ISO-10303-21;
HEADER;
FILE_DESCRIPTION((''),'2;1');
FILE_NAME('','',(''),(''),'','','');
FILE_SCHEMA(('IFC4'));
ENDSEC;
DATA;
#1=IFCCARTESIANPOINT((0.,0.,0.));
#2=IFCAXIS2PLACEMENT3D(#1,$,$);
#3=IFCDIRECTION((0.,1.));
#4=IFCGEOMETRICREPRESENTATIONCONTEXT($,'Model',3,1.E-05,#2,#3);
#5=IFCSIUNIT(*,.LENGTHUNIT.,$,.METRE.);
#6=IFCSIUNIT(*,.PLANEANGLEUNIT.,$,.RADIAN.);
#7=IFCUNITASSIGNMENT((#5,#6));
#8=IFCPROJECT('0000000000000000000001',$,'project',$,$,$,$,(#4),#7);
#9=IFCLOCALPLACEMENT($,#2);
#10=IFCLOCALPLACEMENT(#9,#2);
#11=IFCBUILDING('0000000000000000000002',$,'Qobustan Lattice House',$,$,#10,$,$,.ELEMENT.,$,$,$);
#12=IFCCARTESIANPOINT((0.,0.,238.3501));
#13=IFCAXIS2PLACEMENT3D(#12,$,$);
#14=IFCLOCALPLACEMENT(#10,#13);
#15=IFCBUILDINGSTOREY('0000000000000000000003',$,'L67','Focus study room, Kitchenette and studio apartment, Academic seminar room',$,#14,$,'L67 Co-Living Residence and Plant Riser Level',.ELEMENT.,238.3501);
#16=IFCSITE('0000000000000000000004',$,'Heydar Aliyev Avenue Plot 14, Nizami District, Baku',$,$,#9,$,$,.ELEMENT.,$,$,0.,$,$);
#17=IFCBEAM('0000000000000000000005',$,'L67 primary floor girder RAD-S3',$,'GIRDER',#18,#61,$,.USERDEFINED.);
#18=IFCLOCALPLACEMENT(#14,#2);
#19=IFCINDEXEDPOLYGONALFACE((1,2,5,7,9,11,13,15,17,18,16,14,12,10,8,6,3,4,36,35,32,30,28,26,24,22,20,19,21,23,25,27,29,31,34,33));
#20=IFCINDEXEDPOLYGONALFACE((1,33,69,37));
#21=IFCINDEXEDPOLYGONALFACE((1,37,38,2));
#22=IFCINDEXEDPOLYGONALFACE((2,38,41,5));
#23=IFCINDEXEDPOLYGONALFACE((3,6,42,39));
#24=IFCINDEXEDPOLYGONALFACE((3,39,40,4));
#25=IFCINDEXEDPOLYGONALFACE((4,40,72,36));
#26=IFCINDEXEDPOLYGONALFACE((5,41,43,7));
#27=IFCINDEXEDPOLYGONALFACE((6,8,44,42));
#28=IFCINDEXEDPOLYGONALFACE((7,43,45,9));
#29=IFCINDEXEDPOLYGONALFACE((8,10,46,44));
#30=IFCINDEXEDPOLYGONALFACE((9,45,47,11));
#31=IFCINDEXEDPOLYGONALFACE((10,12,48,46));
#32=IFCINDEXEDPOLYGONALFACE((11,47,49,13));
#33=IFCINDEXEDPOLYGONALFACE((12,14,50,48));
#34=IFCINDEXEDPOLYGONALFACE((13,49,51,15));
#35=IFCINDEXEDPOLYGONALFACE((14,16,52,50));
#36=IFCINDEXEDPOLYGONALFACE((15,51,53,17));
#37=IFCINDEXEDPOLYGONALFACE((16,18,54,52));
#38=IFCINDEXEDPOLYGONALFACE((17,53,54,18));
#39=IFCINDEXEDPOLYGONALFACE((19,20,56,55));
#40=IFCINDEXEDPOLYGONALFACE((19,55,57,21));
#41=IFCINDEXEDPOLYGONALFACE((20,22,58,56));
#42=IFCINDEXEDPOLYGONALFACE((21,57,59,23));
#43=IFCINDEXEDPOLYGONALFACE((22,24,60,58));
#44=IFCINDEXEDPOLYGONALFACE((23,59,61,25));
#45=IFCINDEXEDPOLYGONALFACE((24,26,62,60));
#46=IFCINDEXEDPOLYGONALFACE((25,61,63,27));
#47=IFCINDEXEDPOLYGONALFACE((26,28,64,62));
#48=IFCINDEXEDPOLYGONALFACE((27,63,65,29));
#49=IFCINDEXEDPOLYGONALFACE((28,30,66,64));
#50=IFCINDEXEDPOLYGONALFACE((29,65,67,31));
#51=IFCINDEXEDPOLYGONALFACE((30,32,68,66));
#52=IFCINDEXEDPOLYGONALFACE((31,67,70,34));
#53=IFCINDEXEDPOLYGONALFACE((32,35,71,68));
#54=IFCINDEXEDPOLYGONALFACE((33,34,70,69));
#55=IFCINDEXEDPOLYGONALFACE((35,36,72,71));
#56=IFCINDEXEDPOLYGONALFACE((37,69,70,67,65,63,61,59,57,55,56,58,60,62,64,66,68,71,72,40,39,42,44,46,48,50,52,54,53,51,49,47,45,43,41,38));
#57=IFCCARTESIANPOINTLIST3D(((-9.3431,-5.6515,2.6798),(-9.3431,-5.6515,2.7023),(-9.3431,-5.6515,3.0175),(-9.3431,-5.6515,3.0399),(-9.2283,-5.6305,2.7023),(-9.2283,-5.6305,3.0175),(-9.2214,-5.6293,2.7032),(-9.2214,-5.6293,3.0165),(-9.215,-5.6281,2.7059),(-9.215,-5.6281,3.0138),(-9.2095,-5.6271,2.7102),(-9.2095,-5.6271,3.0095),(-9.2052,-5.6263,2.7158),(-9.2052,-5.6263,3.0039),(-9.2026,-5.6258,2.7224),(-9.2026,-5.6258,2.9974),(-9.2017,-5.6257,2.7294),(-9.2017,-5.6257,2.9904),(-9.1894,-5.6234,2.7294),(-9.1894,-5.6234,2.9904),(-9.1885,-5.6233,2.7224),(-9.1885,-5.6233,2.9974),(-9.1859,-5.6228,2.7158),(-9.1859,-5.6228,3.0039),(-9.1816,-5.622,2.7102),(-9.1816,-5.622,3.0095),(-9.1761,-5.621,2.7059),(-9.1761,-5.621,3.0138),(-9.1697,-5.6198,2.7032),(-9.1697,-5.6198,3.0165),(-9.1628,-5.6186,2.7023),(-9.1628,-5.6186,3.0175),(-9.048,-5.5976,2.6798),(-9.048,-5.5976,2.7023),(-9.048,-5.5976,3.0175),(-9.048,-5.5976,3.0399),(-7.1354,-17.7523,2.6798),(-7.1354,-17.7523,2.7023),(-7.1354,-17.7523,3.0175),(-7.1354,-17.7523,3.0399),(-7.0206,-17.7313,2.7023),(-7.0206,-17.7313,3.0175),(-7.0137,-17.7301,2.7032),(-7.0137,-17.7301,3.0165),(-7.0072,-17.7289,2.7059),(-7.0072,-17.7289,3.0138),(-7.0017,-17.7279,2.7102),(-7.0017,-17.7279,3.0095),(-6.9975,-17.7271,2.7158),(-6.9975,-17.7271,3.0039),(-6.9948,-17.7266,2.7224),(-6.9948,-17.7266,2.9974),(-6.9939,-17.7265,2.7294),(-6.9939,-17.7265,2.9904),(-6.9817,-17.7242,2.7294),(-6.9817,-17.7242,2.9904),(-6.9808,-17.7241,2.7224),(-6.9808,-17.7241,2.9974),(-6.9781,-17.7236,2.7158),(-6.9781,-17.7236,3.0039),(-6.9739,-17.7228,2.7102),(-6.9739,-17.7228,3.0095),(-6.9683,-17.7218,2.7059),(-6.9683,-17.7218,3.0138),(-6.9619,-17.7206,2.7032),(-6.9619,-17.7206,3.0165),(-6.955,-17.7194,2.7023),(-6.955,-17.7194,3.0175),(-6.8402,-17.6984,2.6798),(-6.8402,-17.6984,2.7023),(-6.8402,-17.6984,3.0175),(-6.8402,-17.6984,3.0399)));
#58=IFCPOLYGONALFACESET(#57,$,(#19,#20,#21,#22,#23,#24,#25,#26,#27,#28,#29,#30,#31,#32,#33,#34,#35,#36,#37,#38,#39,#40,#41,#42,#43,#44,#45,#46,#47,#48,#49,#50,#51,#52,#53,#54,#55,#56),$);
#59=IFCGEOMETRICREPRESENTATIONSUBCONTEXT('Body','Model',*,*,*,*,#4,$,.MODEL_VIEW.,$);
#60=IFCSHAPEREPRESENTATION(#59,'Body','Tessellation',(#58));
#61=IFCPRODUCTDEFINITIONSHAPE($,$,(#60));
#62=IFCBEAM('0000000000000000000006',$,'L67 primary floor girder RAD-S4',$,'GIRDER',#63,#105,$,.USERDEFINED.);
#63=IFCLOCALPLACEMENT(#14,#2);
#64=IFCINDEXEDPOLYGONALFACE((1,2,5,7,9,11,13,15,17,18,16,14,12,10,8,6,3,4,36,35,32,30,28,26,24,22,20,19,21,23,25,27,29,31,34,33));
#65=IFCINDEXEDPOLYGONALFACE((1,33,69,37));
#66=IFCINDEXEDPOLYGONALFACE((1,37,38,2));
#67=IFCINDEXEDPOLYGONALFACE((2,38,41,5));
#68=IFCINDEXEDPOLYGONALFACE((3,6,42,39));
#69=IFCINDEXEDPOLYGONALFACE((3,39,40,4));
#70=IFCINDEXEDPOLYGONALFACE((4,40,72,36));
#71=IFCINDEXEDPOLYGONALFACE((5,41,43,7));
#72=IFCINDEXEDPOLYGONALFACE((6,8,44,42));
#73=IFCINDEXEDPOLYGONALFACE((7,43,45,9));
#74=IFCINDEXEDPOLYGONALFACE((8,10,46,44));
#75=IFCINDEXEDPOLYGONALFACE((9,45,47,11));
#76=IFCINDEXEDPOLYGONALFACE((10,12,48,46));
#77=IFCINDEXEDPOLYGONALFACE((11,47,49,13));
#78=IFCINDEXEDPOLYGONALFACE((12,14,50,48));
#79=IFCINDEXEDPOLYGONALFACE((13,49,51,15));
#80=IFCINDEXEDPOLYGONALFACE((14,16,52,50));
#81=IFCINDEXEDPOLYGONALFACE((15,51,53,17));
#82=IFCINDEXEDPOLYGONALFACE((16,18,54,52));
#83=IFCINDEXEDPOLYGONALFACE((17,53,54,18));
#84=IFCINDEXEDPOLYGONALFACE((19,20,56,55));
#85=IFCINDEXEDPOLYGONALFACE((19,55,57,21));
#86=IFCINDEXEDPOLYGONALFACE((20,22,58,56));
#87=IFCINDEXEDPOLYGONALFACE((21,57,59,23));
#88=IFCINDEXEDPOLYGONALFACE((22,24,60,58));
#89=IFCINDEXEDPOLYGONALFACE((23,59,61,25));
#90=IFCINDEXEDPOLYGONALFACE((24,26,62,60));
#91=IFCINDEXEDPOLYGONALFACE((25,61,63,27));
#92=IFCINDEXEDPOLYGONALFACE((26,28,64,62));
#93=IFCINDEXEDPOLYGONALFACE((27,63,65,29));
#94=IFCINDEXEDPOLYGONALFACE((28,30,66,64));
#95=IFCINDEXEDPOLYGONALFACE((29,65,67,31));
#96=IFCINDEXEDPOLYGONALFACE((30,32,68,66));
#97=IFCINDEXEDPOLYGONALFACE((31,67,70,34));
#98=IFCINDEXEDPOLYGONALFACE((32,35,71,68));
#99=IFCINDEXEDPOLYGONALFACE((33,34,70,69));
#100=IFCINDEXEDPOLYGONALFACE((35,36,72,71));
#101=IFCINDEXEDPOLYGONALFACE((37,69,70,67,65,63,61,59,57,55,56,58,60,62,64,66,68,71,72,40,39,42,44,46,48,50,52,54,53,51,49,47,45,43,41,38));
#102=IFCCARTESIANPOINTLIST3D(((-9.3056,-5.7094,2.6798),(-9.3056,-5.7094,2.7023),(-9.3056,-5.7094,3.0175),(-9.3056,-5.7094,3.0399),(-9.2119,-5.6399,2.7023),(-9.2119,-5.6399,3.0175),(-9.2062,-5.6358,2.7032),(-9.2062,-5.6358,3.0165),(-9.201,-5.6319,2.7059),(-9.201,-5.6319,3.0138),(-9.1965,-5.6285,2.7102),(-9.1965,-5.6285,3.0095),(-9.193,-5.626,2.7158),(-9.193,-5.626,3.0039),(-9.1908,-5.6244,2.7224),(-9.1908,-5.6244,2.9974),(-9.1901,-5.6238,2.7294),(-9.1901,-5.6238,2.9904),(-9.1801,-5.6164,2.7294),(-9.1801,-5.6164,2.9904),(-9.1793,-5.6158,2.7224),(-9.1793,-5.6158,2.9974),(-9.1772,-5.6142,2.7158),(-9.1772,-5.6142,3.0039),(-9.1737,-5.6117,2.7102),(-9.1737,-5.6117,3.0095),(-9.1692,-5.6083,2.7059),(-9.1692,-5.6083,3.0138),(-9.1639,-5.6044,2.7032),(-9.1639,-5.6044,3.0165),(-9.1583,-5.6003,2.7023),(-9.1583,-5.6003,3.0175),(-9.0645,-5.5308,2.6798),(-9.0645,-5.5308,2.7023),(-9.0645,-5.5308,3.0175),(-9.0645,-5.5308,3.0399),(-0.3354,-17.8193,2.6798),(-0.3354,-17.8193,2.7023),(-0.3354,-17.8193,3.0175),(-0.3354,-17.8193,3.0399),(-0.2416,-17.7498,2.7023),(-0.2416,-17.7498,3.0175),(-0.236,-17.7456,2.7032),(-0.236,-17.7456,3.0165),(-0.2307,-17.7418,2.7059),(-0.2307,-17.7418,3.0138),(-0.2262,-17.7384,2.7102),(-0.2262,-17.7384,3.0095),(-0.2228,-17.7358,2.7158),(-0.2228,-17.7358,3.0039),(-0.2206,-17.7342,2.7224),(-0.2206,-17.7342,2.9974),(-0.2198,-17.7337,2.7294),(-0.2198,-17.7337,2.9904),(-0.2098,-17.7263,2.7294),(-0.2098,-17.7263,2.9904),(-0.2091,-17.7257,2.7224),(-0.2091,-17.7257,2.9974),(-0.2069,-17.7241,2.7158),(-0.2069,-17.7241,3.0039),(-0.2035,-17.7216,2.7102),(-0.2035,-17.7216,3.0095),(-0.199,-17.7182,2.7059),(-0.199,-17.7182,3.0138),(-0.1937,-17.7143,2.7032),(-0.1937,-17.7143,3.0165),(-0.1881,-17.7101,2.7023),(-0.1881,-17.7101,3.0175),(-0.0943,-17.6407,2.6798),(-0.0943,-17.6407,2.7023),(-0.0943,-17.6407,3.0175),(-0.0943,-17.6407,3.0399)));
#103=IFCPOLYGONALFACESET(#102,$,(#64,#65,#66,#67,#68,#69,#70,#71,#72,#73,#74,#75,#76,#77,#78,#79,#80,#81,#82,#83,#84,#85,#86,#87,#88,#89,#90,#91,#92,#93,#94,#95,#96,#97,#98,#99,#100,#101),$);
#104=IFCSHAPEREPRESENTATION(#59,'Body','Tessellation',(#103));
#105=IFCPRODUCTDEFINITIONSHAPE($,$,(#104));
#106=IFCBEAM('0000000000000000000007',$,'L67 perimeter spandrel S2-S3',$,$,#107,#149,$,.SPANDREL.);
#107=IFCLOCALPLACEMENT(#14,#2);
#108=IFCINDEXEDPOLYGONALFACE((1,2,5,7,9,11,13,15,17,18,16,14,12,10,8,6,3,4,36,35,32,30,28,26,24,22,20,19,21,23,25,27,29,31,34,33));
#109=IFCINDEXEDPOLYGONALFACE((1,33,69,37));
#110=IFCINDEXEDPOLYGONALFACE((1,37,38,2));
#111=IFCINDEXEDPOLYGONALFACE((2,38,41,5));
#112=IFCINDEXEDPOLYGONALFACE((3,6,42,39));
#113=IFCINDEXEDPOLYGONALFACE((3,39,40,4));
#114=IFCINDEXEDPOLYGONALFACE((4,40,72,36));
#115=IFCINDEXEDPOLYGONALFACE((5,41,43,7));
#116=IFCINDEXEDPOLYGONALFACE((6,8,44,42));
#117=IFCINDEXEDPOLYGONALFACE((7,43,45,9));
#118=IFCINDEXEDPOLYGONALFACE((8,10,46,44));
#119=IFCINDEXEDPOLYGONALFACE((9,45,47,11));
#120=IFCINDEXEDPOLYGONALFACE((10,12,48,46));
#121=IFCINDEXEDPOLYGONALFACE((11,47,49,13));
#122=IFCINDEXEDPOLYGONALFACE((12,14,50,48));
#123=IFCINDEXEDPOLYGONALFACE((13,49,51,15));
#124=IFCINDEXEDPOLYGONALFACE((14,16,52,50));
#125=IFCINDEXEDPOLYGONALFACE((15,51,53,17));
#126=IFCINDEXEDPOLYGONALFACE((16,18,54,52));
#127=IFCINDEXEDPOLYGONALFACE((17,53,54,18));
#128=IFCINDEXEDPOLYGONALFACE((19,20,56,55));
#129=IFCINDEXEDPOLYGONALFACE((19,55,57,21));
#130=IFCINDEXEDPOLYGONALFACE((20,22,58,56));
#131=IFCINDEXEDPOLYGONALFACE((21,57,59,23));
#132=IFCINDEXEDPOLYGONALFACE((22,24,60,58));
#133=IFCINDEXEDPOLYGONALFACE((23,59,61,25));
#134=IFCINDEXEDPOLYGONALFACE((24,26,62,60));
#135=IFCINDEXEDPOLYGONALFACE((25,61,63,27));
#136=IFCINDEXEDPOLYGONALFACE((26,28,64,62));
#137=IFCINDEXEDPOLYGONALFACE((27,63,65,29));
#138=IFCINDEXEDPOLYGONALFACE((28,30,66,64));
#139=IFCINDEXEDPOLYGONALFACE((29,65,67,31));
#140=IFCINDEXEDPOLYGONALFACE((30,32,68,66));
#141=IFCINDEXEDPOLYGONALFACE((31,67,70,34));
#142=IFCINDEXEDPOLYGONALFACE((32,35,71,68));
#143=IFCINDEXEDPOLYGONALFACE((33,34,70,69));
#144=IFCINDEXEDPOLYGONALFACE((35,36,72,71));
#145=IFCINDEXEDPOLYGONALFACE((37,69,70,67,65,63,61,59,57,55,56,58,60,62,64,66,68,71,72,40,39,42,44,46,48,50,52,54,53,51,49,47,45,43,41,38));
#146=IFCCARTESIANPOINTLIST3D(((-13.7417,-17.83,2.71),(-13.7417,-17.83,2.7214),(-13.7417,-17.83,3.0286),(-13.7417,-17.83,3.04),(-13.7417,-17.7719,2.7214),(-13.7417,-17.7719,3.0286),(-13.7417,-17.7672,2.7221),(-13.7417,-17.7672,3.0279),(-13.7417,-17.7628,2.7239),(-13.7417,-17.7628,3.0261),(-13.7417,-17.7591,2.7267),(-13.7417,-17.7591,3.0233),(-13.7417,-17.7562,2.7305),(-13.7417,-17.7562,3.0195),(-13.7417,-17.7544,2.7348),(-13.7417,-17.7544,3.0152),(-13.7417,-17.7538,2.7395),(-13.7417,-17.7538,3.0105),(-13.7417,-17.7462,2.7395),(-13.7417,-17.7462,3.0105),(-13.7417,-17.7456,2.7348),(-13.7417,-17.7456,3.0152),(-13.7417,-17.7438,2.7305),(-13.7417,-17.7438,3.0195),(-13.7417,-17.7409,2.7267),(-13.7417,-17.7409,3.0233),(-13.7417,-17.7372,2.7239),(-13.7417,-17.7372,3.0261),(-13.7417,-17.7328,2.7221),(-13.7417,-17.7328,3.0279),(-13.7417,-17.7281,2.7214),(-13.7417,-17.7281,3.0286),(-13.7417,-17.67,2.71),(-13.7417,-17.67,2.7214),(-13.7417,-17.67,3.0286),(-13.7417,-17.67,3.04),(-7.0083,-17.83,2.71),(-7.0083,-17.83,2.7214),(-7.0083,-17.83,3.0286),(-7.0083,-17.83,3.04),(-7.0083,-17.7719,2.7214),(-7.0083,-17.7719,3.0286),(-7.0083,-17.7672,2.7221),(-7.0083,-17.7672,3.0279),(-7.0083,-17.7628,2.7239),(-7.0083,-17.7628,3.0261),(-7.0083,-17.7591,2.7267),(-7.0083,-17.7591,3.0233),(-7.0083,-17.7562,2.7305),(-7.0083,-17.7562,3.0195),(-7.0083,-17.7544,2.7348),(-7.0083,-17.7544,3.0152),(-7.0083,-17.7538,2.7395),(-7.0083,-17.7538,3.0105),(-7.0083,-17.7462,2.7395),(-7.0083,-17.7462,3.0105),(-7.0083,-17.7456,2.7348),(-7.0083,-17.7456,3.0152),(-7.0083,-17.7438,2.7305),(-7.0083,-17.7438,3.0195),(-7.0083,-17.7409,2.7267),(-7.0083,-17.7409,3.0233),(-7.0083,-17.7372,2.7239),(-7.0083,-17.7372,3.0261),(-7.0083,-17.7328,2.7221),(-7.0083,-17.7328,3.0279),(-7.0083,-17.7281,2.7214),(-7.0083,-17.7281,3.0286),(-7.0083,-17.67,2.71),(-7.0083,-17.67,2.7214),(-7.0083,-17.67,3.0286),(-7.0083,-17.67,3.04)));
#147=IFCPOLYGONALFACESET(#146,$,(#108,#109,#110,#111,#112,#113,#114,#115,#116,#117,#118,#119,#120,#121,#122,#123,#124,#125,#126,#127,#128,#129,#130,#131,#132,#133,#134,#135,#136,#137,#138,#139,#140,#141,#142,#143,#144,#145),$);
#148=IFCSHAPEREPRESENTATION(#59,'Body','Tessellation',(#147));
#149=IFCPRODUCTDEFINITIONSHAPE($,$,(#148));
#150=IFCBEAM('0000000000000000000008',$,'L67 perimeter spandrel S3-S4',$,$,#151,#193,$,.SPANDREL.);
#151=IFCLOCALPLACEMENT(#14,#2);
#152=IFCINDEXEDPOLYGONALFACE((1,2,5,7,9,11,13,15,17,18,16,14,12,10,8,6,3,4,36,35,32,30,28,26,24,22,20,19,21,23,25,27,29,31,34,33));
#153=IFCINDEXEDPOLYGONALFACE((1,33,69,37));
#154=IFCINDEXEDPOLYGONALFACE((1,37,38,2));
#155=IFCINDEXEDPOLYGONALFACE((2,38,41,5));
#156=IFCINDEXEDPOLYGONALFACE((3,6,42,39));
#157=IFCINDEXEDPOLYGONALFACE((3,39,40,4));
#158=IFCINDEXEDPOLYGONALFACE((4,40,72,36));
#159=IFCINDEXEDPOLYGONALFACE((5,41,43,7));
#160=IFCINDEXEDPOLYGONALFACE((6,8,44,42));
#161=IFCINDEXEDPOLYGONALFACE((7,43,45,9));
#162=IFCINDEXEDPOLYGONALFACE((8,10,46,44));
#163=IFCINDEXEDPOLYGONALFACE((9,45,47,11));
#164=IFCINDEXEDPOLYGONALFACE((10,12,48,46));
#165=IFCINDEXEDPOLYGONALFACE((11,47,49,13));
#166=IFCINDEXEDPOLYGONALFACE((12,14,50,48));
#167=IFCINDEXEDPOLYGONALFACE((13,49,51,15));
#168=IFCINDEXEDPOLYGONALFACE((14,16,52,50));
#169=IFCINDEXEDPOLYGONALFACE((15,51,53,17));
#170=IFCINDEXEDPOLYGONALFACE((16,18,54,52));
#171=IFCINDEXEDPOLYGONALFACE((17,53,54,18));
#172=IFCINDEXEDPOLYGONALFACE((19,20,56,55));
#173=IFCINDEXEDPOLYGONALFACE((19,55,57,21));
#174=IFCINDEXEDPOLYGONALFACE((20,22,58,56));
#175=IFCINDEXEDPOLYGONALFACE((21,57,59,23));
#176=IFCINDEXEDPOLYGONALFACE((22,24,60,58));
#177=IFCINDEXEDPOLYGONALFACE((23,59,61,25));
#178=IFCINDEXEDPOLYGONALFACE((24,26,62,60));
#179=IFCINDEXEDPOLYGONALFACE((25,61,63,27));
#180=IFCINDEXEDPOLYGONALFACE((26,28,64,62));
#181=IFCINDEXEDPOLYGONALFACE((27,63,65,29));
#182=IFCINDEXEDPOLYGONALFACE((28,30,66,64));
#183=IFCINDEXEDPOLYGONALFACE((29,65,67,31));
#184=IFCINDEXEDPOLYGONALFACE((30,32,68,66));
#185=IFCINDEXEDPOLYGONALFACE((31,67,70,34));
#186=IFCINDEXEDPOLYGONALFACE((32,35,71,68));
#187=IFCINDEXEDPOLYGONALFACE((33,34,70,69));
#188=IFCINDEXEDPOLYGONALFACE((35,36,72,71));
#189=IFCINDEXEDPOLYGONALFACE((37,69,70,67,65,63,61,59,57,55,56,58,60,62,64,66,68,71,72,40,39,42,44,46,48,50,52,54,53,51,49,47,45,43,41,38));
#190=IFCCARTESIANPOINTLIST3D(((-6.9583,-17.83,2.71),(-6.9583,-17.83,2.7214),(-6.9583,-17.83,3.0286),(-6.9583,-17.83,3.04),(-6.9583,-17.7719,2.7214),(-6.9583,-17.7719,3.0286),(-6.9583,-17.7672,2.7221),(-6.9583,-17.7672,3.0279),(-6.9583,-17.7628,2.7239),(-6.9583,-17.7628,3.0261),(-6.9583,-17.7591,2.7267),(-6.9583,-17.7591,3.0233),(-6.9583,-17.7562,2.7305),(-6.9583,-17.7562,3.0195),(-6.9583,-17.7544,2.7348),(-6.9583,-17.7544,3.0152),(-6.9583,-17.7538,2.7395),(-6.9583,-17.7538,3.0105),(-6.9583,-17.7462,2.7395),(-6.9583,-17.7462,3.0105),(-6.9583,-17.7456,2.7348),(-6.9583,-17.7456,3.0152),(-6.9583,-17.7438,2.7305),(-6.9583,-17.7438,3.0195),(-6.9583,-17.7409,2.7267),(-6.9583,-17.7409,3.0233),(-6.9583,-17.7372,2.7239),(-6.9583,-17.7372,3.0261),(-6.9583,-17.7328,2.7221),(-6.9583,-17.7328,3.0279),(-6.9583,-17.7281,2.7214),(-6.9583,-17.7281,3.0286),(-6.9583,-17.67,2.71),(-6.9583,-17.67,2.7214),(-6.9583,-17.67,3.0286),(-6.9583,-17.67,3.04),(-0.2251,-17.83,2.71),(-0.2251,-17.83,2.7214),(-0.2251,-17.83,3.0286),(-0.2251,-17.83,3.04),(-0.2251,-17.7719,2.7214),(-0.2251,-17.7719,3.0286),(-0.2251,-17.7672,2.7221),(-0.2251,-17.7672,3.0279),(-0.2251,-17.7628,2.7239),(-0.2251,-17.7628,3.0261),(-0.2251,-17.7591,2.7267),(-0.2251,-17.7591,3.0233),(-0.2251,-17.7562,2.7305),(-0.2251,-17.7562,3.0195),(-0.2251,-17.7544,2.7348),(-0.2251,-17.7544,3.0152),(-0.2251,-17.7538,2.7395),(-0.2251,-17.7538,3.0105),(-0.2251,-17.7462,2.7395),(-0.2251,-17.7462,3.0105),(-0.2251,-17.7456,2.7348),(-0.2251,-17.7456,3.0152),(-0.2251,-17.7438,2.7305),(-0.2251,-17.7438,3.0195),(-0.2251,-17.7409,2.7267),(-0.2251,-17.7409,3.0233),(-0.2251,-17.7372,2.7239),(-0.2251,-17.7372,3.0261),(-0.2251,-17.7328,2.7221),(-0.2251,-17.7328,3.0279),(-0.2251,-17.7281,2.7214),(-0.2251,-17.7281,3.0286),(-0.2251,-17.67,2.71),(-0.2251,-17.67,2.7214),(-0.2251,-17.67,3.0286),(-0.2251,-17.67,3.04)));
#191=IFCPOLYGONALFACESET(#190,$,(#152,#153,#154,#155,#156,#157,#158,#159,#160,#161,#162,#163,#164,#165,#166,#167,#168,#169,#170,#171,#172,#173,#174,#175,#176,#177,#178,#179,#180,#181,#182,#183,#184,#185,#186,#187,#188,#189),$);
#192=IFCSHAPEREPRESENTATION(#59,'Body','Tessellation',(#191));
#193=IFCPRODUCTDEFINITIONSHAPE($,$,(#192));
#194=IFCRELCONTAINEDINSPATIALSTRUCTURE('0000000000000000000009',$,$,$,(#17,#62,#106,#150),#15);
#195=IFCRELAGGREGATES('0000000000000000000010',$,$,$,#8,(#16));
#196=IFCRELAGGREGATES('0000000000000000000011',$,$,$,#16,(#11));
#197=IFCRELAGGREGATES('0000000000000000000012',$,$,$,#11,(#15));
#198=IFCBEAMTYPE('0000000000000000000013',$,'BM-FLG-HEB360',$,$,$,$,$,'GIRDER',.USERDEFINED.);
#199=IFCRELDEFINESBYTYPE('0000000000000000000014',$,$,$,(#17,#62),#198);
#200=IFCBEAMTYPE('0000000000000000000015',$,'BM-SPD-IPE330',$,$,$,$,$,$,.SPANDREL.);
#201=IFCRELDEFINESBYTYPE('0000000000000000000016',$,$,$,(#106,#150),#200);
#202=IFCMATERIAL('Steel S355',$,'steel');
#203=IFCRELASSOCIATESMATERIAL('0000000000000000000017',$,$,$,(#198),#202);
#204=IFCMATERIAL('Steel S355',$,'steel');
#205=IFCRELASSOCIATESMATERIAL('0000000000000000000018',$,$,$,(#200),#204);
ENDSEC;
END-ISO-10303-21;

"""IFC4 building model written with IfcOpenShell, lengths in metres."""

from ifc_helpers import new_model, si_unit, direction, frame, origin, origin_2d, place, context, subcontext, project, spatial, i_section, extrude, material, material_profile, profile_set, type_object, element, save


model = new_model("IFC4")

# Units and contexts
model_context = context("Model", 3, precision=1e-05, world=origin(), true_north=direction((0.0, 1.0)))
body_context = subcontext(model_context, "Body", "Model", "MODEL_VIEW")
ifc_project = project(units=[si_unit("LENGTHUNIT", "METRE"), si_unit("PLANEANGLEUNIT", "RADIAN")], contexts=[model_context])

# Site, building, storey
site_placement = place(None, origin())
site = spatial("IfcSite", under=ifc_project, at=site_placement, Name="Heydar Aliyev Avenue Plot 14, Nizami District, Baku", CompositionType="ELEMENT", RefElevation=0.0)
building_placement = place(site_placement, origin())
building = spatial("IfcBuilding", under=site, at=building_placement, Name="Qobustan Lattice House", CompositionType="ELEMENT")
storey_placement = place(building_placement, frame((0.0, 0.0, 238.3501)))
storey = spatial("IfcBuildingStorey", under=building, at=storey_placement, Name="L67", Description="Focus study room, Kitchenette and studio apartment, Academic seminar room", LongName="L67 Co-Living Residence and Plant Riser Level", CompositionType="ELEMENT", Elevation=238.3501)

# Beams
ifc_material_1 = material(Name="Steel S355", Category="steel")
ifc_material_profile_1 = material_profile(ifc_material_1, i_section(OverallWidth=0.3, OverallDepth=0.3601, WebThickness=0.0125, FlangeThickness=0.0225, FilletRadius=0.0271, at=origin_2d()), Name="HEB360")
ifc_profile_set_1 = profile_set([ifc_material_profile_1], Name="Steel S355")
beam_type_1 = type_object("IfcBeamType", Name="BM-FLG-HEB360", ElementType="GIRDER", PredefinedType="USERDEFINED", material=ifc_profile_set_1)
beam_1_placement = place(storey_placement, frame((-6.9878, -17.7253, 2.8599), z_axis=(-0.179484, 0.983761, 0.0), x_axis=(-0.983761, -0.179484, 0.0)))
element("IfcBeam", 1, at=beam_1_placement, inside=storey, type_object=beam_type_1, Name="L67 primary floor girder RAD-S3", ObjectType="GIRDER", PredefinedType="USERDEFINED", context=body_context, shape_type="SweptSolid", body=[
    extrude(i_section(OverallWidth=0.3, OverallDepth=0.3601, WebThickness=0.0125, FlangeThickness=0.0225, FilletRadius=0.0271, at=origin_2d()), origin(), (0.0, 0.0, 1.0), 12.3005),
])
beam_2_placement = place(storey_placement, frame((-0.2148, -17.73, 2.8599), z_axis=(-0.595225, 0.803559, 0.0), x_axis=(-0.803559, -0.595225, 0.0)))
element("IfcBeam", 2, at=beam_2_placement, inside=storey, type_object=beam_type_1, Name="L67 primary floor girder RAD-S4", ObjectType="GIRDER", PredefinedType="USERDEFINED", context=body_context, shape_type="SweptSolid", body=[
    extrude(i_section(OverallWidth=0.3, OverallDepth=0.3601, WebThickness=0.0125, FlangeThickness=0.0225, FilletRadius=0.0271, at=origin_2d()), origin(), (0.0, 0.0, 1.0), 15.0703),
])
ifc_material_2 = material(Name="Steel S355", Category="steel")
ifc_material_profile_2 = material_profile(ifc_material_2, i_section(OverallWidth=0.1599, OverallDepth=0.3301, WebThickness=0.0076, FlangeThickness=0.0115, FilletRadius=0.0181, at=origin_2d()), Name="IPE330")
ifc_profile_set_2 = profile_set([ifc_material_profile_2], Name="Steel S355")
beam_type_2 = type_object("IfcBeamType", Name="BM-SPD-IPE330", PredefinedType="SPANDREL", material=ifc_profile_set_2)
beam_3_placement = place(storey_placement, frame((-13.7417, -17.75, 2.875), z_axis=(1.0, 0.0, 0.0), x_axis=(0.0, 1.0, 0.0)))
element("IfcBeam", 3, at=beam_3_placement, inside=storey, type_object=beam_type_2, Name="L67 perimeter spandrel S2-S3", PredefinedType="SPANDREL", context=body_context, shape_type="SweptSolid", body=[
    extrude(i_section(OverallWidth=0.1599, OverallDepth=0.3301, WebThickness=0.0076, FlangeThickness=0.0115, FilletRadius=0.0181, at=origin_2d()), origin(), (0.0, 0.0, 1.0), 6.7334),
])
beam_4_placement = place(storey_placement, frame((-6.9583, -17.75, 2.875), z_axis=(1.0, 0.0, 0.0), x_axis=(0.0, 1.0, 0.0)))
element("IfcBeam", 4, at=beam_4_placement, inside=storey, type_object=beam_type_2, Name="L67 perimeter spandrel S3-S4", PredefinedType="SPANDREL", context=body_context, shape_type="SweptSolid", body=[
    extrude(i_section(OverallWidth=0.1599, OverallDepth=0.3301, WebThickness=0.0076, FlangeThickness=0.0115, FilletRadius=0.0181, at=origin_2d()), origin(), (0.0, 0.0, 1.0), 6.7332),
])

save(model, "model.ifc")
